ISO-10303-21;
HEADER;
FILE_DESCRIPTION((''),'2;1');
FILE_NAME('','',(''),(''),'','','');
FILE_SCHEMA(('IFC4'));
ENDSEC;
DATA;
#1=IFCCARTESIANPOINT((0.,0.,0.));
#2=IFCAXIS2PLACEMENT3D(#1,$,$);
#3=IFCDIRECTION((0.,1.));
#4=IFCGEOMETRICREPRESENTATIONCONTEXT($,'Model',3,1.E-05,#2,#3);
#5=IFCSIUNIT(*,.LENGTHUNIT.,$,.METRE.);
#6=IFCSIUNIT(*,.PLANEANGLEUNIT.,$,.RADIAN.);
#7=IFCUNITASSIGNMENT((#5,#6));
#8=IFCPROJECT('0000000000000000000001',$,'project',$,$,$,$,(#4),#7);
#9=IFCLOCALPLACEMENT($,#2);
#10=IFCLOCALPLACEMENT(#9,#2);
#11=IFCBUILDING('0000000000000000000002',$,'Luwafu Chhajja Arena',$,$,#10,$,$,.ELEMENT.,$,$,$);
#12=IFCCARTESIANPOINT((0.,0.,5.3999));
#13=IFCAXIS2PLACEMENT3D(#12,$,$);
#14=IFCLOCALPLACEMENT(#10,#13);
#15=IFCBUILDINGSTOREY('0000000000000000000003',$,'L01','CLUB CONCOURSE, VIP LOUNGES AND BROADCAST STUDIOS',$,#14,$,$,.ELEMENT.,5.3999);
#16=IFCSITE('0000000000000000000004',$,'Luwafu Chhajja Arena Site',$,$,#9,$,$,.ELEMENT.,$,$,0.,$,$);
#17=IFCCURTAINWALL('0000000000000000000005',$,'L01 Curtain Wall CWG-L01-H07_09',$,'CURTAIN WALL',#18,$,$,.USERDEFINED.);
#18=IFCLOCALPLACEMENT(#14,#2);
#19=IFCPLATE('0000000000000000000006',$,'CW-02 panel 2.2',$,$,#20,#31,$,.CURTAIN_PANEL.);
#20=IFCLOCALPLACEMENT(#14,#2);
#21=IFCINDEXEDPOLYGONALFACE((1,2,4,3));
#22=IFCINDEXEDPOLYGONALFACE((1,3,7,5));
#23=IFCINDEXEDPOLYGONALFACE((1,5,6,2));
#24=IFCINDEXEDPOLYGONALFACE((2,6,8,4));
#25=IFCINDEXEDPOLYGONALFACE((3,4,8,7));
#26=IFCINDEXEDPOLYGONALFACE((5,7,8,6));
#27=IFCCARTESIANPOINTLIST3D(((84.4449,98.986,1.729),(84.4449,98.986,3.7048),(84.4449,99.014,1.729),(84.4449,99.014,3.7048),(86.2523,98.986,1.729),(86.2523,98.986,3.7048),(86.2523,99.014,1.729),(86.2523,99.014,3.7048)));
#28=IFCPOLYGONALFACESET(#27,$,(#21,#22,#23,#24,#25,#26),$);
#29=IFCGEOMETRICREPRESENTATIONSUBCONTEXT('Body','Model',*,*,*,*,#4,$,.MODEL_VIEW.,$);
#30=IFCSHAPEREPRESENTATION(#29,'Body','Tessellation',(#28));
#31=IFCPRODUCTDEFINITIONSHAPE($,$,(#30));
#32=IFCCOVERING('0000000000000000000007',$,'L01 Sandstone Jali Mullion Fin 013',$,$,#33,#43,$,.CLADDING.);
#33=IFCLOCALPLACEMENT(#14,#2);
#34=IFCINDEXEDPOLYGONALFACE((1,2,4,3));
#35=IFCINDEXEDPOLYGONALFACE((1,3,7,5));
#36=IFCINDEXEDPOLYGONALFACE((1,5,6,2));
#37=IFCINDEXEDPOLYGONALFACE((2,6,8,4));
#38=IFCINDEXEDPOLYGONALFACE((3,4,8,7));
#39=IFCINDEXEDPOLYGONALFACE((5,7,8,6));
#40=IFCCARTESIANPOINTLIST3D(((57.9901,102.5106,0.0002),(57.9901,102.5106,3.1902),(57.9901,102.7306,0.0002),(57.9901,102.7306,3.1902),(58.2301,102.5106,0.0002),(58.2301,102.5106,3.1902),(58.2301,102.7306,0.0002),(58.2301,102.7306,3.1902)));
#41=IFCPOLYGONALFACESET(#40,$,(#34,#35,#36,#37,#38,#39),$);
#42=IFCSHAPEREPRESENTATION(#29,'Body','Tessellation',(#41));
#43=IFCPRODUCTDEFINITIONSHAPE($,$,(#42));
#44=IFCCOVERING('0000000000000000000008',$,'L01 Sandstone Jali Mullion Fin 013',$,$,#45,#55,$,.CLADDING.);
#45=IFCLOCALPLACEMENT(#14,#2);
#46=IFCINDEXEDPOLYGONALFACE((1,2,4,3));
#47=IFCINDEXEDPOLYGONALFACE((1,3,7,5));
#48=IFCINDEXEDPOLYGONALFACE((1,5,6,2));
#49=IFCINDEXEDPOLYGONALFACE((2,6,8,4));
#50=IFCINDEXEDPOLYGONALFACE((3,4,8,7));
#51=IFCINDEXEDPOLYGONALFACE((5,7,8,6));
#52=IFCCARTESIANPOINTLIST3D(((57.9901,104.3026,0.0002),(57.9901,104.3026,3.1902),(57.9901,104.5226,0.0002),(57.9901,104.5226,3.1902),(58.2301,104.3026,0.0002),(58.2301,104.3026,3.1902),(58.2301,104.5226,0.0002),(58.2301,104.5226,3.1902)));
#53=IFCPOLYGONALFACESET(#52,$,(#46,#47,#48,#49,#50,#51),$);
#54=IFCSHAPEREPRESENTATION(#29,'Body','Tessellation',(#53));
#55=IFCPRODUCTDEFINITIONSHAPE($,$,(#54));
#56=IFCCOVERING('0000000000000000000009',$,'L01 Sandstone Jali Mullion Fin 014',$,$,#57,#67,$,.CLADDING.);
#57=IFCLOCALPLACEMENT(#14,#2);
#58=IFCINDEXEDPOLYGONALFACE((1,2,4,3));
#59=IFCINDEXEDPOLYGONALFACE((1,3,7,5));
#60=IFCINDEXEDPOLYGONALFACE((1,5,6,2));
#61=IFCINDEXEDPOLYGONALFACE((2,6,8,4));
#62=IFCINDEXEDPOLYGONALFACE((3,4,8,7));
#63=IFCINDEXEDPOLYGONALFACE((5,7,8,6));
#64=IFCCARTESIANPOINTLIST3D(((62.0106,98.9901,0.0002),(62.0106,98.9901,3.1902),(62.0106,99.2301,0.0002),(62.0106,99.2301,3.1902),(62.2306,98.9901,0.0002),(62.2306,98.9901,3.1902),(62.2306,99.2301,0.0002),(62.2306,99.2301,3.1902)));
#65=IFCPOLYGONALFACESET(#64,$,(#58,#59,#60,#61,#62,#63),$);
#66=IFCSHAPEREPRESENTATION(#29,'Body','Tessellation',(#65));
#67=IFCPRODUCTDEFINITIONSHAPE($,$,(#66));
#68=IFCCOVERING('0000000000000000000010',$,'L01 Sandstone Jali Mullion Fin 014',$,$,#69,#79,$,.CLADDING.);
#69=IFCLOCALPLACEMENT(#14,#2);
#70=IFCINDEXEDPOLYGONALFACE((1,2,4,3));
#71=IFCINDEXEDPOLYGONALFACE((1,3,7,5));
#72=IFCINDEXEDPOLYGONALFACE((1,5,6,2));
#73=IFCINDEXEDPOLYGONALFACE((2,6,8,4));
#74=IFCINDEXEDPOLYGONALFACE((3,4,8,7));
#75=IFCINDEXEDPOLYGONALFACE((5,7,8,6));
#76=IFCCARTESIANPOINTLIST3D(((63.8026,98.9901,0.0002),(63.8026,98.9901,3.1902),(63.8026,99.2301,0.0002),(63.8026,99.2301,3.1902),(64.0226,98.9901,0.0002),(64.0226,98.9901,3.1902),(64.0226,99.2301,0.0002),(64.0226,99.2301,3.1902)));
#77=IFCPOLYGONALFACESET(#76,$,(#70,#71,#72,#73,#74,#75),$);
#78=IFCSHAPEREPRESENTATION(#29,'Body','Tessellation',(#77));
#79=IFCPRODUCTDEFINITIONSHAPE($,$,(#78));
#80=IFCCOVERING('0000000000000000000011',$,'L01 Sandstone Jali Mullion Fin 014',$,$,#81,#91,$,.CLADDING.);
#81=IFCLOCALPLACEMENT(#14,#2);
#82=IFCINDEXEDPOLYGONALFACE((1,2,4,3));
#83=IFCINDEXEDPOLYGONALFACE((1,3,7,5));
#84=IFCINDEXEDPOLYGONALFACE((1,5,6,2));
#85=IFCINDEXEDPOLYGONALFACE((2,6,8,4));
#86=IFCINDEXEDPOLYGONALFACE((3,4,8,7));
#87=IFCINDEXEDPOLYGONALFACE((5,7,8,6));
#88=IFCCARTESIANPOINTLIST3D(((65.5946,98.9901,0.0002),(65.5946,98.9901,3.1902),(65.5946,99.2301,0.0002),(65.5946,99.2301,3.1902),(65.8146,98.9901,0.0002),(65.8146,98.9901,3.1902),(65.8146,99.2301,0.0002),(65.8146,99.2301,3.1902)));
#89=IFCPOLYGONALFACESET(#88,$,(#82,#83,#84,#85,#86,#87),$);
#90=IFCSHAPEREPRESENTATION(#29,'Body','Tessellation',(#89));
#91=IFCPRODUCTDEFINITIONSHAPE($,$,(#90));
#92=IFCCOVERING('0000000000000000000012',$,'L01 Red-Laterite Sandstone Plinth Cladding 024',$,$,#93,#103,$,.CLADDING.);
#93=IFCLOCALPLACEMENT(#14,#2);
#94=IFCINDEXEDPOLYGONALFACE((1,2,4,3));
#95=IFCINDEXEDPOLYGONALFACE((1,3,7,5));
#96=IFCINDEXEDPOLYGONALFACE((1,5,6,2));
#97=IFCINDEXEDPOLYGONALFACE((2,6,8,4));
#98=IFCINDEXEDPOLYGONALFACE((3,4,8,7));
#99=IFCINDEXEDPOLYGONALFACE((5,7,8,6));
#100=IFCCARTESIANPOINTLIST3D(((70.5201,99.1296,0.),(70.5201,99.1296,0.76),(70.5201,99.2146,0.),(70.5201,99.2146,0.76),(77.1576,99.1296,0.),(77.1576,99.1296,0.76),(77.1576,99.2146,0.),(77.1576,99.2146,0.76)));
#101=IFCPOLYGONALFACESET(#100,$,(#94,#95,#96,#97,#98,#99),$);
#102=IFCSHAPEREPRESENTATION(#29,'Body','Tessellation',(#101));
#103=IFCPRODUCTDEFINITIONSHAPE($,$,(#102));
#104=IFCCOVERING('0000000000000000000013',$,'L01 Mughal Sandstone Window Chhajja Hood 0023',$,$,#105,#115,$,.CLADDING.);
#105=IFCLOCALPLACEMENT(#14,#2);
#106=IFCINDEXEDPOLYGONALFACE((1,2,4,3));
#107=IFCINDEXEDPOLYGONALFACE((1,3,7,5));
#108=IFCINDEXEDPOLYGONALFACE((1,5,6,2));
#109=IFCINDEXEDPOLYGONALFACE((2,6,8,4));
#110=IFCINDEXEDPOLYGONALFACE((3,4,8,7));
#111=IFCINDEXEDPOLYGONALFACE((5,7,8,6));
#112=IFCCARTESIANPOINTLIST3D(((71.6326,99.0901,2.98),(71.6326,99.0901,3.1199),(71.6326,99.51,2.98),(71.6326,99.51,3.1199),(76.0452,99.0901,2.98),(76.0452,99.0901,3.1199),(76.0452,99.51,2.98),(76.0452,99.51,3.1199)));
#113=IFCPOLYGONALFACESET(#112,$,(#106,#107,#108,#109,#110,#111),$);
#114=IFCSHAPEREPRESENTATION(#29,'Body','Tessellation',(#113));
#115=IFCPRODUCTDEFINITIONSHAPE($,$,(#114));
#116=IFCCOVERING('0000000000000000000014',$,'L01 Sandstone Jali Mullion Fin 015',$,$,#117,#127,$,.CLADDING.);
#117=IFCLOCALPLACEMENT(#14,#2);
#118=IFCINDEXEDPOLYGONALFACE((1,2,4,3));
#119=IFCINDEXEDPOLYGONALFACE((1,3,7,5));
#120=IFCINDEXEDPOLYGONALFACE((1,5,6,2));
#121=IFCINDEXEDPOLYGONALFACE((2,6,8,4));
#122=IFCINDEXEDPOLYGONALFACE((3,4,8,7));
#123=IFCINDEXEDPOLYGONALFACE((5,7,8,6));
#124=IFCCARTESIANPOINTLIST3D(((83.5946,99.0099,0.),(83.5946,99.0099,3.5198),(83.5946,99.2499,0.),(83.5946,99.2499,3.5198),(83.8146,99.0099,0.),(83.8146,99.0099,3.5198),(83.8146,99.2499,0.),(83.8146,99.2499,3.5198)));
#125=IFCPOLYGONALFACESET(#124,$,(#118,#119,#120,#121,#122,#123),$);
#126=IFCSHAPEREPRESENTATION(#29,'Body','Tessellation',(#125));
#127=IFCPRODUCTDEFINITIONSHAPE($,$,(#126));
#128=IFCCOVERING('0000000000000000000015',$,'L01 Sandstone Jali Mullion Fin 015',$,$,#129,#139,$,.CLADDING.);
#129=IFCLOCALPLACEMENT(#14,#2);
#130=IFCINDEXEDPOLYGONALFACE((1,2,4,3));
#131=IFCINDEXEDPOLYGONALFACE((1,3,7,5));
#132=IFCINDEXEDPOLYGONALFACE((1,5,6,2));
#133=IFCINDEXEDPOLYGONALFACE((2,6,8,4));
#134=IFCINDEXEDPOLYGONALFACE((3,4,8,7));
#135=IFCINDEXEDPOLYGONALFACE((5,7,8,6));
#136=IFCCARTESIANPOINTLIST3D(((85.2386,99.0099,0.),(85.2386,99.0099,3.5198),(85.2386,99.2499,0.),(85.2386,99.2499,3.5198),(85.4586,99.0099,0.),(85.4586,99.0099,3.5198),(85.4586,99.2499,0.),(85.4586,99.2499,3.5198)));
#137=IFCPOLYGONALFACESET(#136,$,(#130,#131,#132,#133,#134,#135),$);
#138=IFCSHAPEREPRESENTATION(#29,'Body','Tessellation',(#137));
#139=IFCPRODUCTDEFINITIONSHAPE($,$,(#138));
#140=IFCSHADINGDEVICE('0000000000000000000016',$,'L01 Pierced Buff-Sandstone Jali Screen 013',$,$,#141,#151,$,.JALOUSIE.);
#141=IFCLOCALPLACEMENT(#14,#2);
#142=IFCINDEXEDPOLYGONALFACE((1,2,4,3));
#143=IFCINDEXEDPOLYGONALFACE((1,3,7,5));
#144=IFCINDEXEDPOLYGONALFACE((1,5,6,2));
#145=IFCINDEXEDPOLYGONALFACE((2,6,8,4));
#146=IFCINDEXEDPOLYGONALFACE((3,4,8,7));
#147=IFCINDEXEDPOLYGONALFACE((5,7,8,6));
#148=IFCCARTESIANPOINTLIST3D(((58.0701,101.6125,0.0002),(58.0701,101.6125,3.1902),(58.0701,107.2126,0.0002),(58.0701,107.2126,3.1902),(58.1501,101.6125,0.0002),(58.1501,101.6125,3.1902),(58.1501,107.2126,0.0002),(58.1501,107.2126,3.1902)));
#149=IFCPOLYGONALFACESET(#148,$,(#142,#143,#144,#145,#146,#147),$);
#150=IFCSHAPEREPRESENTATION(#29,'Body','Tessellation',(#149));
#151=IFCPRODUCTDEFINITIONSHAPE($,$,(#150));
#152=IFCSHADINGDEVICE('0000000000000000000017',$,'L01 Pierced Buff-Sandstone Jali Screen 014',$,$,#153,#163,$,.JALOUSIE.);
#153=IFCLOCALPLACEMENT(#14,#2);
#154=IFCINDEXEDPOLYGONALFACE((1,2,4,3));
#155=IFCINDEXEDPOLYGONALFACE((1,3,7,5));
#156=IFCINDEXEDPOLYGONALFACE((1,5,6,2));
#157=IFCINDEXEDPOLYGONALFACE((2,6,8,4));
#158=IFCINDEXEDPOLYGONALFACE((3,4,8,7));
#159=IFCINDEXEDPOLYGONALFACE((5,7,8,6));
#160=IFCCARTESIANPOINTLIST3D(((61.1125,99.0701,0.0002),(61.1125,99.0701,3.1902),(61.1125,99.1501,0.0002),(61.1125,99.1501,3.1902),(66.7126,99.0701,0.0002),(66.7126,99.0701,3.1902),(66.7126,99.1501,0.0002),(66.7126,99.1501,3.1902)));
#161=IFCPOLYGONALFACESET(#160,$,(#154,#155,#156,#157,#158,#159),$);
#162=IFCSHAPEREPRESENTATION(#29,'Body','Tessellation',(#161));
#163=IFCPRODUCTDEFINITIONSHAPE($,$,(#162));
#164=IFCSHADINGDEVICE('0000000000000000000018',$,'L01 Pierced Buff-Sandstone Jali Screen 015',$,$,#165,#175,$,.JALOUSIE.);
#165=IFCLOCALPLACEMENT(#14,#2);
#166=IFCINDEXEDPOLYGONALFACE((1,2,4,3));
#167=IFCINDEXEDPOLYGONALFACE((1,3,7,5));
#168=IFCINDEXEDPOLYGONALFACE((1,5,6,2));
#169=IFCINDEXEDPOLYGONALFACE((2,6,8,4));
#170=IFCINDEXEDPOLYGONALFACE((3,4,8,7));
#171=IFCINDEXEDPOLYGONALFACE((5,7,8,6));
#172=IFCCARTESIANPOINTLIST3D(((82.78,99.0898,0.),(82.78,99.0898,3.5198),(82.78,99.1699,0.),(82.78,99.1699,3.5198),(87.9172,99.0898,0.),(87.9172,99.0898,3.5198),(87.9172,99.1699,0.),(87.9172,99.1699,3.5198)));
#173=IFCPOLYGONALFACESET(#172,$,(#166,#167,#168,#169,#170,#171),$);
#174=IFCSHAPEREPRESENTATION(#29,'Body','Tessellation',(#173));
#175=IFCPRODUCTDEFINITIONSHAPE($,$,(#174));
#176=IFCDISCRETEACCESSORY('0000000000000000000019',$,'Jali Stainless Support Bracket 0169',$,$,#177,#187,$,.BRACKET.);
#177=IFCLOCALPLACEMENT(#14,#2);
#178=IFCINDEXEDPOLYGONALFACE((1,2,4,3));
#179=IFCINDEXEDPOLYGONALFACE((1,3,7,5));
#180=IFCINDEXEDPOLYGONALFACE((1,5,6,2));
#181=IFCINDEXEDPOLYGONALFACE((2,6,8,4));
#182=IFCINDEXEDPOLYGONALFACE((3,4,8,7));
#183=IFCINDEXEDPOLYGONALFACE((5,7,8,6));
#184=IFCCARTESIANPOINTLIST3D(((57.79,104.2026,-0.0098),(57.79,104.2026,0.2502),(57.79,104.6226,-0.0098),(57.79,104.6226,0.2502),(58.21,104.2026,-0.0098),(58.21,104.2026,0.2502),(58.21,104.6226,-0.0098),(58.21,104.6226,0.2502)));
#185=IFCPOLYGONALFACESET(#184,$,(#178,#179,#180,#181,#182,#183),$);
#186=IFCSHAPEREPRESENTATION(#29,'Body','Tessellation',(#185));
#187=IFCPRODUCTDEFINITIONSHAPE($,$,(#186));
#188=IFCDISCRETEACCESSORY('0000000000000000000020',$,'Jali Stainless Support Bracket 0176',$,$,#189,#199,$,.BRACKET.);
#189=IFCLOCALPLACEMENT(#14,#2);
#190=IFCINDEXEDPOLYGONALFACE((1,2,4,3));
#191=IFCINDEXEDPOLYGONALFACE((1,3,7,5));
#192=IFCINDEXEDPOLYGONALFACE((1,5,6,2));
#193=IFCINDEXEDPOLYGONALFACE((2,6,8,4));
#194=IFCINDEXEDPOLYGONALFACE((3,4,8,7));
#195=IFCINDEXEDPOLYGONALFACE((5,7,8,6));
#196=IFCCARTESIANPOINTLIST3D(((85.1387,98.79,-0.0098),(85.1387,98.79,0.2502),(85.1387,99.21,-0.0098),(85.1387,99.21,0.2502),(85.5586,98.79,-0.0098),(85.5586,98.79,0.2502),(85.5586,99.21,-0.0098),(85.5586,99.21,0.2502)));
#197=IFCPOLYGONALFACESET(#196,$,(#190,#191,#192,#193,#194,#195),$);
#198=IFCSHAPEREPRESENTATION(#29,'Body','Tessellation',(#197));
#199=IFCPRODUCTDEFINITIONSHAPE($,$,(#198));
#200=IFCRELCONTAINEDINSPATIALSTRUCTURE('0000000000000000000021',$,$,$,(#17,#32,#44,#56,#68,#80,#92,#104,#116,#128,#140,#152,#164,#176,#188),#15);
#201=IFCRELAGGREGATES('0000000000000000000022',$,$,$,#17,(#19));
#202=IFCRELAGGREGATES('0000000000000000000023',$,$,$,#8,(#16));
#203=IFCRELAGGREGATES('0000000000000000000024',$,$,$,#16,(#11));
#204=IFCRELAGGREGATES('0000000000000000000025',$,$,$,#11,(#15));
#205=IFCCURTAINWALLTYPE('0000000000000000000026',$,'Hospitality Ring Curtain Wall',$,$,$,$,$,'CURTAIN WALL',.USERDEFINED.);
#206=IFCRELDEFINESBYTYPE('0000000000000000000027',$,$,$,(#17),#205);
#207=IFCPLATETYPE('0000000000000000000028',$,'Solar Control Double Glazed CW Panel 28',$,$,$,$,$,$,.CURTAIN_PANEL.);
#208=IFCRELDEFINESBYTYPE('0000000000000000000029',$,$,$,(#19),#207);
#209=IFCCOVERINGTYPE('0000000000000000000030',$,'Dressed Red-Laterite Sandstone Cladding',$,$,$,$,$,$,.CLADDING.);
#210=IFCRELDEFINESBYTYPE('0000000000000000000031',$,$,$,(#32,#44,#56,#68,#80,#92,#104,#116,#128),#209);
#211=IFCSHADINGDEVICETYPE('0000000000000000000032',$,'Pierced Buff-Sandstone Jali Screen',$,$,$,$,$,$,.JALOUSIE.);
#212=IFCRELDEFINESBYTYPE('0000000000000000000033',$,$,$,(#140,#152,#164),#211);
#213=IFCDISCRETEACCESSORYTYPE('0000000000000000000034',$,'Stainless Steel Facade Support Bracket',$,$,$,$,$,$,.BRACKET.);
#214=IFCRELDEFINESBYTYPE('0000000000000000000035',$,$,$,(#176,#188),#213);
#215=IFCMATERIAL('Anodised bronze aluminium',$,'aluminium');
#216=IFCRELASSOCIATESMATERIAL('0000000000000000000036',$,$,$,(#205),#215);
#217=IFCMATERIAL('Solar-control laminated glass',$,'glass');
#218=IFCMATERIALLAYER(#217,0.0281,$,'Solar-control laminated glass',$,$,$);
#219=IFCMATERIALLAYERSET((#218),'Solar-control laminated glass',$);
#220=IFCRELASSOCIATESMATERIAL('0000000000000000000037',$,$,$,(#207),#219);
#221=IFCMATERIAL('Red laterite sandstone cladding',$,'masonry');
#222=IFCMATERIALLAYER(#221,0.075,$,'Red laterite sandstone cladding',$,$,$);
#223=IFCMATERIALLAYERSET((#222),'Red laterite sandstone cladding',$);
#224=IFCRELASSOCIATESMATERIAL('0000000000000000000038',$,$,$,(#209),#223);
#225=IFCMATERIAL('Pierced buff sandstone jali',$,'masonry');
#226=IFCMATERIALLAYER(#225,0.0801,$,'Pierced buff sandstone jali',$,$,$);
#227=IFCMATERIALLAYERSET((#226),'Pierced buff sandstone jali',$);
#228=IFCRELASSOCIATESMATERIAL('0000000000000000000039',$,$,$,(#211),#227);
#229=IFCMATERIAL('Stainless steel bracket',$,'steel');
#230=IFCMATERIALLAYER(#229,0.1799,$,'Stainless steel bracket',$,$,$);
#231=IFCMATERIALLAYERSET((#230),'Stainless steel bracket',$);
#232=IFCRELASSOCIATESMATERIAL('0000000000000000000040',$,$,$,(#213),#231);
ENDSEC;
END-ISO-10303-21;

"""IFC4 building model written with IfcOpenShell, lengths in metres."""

from ifc_helpers import new_model, si_unit, direction, frame, origin, origin_2d, place, context, subcontext, project, spatial, rectangle, extrude, material, layer, layer_set, type_object, element, aggregate, save


model = new_model("IFC4")

# Units and contexts
model_context = context("Model", 3, precision=1e-05, world=origin(), true_north=direction((0.0, 1.0)))
body_context = subcontext(model_context, "Body", "Model", "MODEL_VIEW")
ifc_project = project(units=[si_unit("LENGTHUNIT", "METRE"), si_unit("PLANEANGLEUNIT", "RADIAN")], contexts=[model_context])

# Site, building, storey
site_placement = place(None, origin())
site = spatial("IfcSite", under=ifc_project, at=site_placement, Name="Luwafu Chhajja Arena Site", CompositionType="ELEMENT", RefElevation=0.0)
building_placement = place(site_placement, origin())
building = spatial("IfcBuilding", under=site, at=building_placement, Name="Luwafu Chhajja Arena", CompositionType="ELEMENT")
storey_placement = place(building_placement, frame((0.0, 0.0, 5.3999)))
storey = spatial("IfcBuildingStorey", under=building, at=storey_placement, Name="L01", Description="CLUB CONCOURSE, VIP LOUNGES AND BROADCAST STUDIOS", CompositionType="ELEMENT", Elevation=5.3999)

# Shared definitions
ifc_material_1 = material(Name="Anodised bronze aluminium", Category="aluminium")

# Curtain wall
curtain_wall_type_1 = type_object("IfcCurtainWallType", Name="Hospitality Ring Curtain Wall", ElementType="CURTAIN WALL", PredefinedType="USERDEFINED", material=ifc_material_1)
curtain_wall_1_placement = place(storey_placement, origin())
curtain_wall_1 = element("IfcCurtainWall", 1, at=curtain_wall_1_placement, inside=storey, type_object=curtain_wall_type_1, Name="L01 Curtain Wall CWG-L01-H07_09", ObjectType="CURTAIN WALL", PredefinedType="USERDEFINED")

# Plate
ifc_material_2 = material(Name="Solar-control laminated glass", Category="glass")
ifc_layer_1 = layer(ifc_material_2, 0.0281, Name="Solar-control laminated glass")
ifc_layer_set_1 = layer_set([ifc_layer_1], Name="Solar-control laminated glass")
plate_type = type_object("IfcPlateType", Name="Solar Control Double Glazed CW Panel 28", PredefinedType="CURTAIN_PANEL", material=ifc_layer_set_1)
plate_1_placement = place(storey_placement, frame((85.3486, 99.0, 1.729), z_axis=(0.0, 0.0, 1.0), x_axis=(1.0, 0.0, 0.0)))
plate_1 = element("IfcPlate", 2, at=plate_1_placement, type_object=plate_type, Name="CW-02 panel 2.2", PredefinedType="CURTAIN_PANEL", context=body_context, shape_type="SweptSolid", body=[
    extrude(rectangle(XDim=1.8074, YDim=0.0281, at=origin_2d()), origin(), (0.0, 0.0, 1.0), 1.9758),
])
aggregate(curtain_wall_1, [plate_1])

# Coverings
ifc_material_3 = material(Name="Red laterite sandstone cladding", Category="masonry")
ifc_layer_2 = layer(ifc_material_3, 0.075, Name="Red laterite sandstone cladding")
ifc_layer_set_2 = layer_set([ifc_layer_2], Name="Red laterite sandstone cladding")
covering_type = type_object("IfcCoveringType", Name="Dressed Red-Laterite Sandstone Cladding", PredefinedType="CLADDING", material=ifc_layer_set_2)
for number, where, z_axis, x_axis, name in (
    (3, (58.1101, 102.6206, 0.0002), (0.0, 0.0, 1.0), (0.0, 1.0, 0.0), "L01 Sandstone Jali Mullion Fin 013"),
    (4, (58.1101, 104.4126, 0.0002), (0.0, 0.0, 1.0), (0.0, 1.0, 0.0), "L01 Sandstone Jali Mullion Fin 013"),
    (5, (62.1206, 99.1101, 0.0002), (0.0, 0.0, 1.0), (1.0, 0.0, 0.0), "L01 Sandstone Jali Mullion Fin 014"),
    (6, (63.9126, 99.1101, 0.0002), (0.0, 0.0, 1.0), (1.0, 0.0, 0.0), "L01 Sandstone Jali Mullion Fin 014"),
    (7, (65.7046, 99.1101, 0.0002), (0.0, 0.0, 1.0), (1.0, 0.0, 0.0), "L01 Sandstone Jali Mullion Fin 014"),
):
    element("IfcCovering", number, at=place(storey_placement, frame(where, z_axis=z_axis, x_axis=x_axis)), inside=storey, type_object=covering_type, Name=name, PredefinedType="CLADDING", context=body_context, shape_type="SweptSolid", body=[
        extrude(rectangle(XDim=0.22, YDim=0.24, at=origin_2d()), origin(), (0.0, 0.0, 1.0), 3.1899),
    ])
covering_1_placement = place(storey_placement, frame((73.8389, 99.1721, 0.0), z_axis=(0.0, 0.0, 1.0), x_axis=(1.0, 0.0, 0.0)))
element("IfcCovering", 8, at=covering_1_placement, inside=storey, type_object=covering_type, Name="L01 Red-Laterite Sandstone Plinth Cladding 024", PredefinedType="CLADDING", context=body_context, shape_type="SweptSolid", body=[
    extrude(rectangle(XDim=6.6375, YDim=0.085, at=origin_2d()), origin(), (0.0, 0.0, 1.0), 0.76),
])
covering_2_placement = place(storey_placement, frame((73.8389, 99.3, 2.98), z_axis=(0.0, 0.0, 1.0), x_axis=(1.0, 0.0, 0.0)))
element("IfcCovering", 9, at=covering_2_placement, inside=storey, type_object=covering_type, Name="L01 Mughal Sandstone Window Chhajja Hood 0023", PredefinedType="CLADDING", context=body_context, shape_type="SweptSolid", body=[
    extrude(rectangle(XDim=4.4126, YDim=0.4199, at=origin_2d()), origin(), (0.0, 0.0, 1.0), 0.1399),
])
for number, where, z_axis, x_axis, name in (
    (10, (83.7046, 99.1299, 0.0), (0.0, 0.0, 1.0), (1.0, 0.0, 0.0), "L01 Sandstone Jali Mullion Fin 015"),
    (11, (85.3486, 99.1299, 0.0), (0.0, 0.0, 1.0), (1.0, 0.0, 0.0), "L01 Sandstone Jali Mullion Fin 015"),
):
    element("IfcCovering", number, at=place(storey_placement, frame(where, z_axis=z_axis, x_axis=x_axis)), inside=storey, type_object=covering_type, Name=name, PredefinedType="CLADDING", context=body_context, shape_type="SweptSolid", body=[
        extrude(rectangle(XDim=0.22, YDim=0.24, at=origin_2d()), origin(), (0.0, 0.0, 1.0), 3.5198),
    ])

# Shading devices
ifc_material_4 = material(Name="Pierced buff sandstone jali", Category="masonry")
ifc_layer_3 = layer(ifc_material_4, 0.0801, Name="Pierced buff sandstone jali")
ifc_layer_set_3 = layer_set([ifc_layer_3], Name="Pierced buff sandstone jali")
shading_device_type = type_object("IfcShadingDeviceType", Name="Pierced Buff-Sandstone Jali Screen", PredefinedType="JALOUSIE", material=ifc_layer_set_3)
for number, where, z_axis, x_axis, name in (
    (12, (58.1101, 104.4126, 0.0002), (0.0, 0.0, 1.0), (0.0, 1.0, 0.0), "L01 Pierced Buff-Sandstone Jali Screen 013"),
    (13, (63.9126, 99.1101, 0.0002), (0.0, 0.0, 1.0), (1.0, 0.0, 0.0), "L01 Pierced Buff-Sandstone Jali Screen 014"),
):
    element("IfcShadingDevice", number, at=place(storey_placement, frame(where, z_axis=z_axis, x_axis=x_axis)), inside=storey, type_object=shading_device_type, Name=name, PredefinedType="JALOUSIE", context=body_context, shape_type="SweptSolid", body=[
        extrude(rectangle(XDim=5.6001, YDim=0.0801, at=origin_2d()), origin(), (0.0, 0.0, 1.0), 3.1899),
    ])
shading_device_placement = place(storey_placement, frame((85.3486, 99.1299, 0.0), z_axis=(0.0, 0.0, 1.0), x_axis=(1.0, 0.0, 0.0)))
element("IfcShadingDevice", 14, at=shading_device_placement, inside=storey, type_object=shading_device_type, Name="L01 Pierced Buff-Sandstone Jali Screen 015", PredefinedType="JALOUSIE", context=body_context, shape_type="SweptSolid", body=[
    extrude(rectangle(XDim=5.1372, YDim=0.0801, at=origin_2d()), origin(), (0.0, 0.0, 1.0), 3.5198),
])

# Discrete accessories
ifc_material_5 = material(Name="Stainless steel bracket", Category="steel")
ifc_layer_4 = layer(ifc_material_5, 0.1799, Name="Stainless steel bracket")
ifc_layer_set_4 = layer_set([ifc_layer_4], Name="Stainless steel bracket")
discrete_accessory_type = type_object("IfcDiscreteAccessoryType", Name="Stainless Steel Facade Support Bracket", PredefinedType="BRACKET", material=ifc_layer_set_4)
for number, where, z_axis, x_axis, name in (
    (15, (58.0, 104.4126, -0.0098), (0.0, 0.0, 1.0), (0.0, 1.0, 0.0), "Jali Stainless Support Bracket 0169"),
    (16, (85.3486, 99.0, -0.0098), (0.0, 0.0, 1.0), (1.0, 0.0, 0.0), "Jali Stainless Support Bracket 0176"),
):
    element("IfcDiscreteAccessory", number, at=place(storey_placement, frame(where, z_axis=z_axis, x_axis=x_axis)), inside=storey, type_object=discrete_accessory_type, Name=name, PredefinedType="BRACKET", context=body_context, shape_type="SweptSolid", body=[
        extrude(rectangle(XDim=0.4199, YDim=0.4199, at=origin_2d()), origin(), (0.0, 0.0, 1.0), 0.26),
    ])

save(model, "model.ifc")
